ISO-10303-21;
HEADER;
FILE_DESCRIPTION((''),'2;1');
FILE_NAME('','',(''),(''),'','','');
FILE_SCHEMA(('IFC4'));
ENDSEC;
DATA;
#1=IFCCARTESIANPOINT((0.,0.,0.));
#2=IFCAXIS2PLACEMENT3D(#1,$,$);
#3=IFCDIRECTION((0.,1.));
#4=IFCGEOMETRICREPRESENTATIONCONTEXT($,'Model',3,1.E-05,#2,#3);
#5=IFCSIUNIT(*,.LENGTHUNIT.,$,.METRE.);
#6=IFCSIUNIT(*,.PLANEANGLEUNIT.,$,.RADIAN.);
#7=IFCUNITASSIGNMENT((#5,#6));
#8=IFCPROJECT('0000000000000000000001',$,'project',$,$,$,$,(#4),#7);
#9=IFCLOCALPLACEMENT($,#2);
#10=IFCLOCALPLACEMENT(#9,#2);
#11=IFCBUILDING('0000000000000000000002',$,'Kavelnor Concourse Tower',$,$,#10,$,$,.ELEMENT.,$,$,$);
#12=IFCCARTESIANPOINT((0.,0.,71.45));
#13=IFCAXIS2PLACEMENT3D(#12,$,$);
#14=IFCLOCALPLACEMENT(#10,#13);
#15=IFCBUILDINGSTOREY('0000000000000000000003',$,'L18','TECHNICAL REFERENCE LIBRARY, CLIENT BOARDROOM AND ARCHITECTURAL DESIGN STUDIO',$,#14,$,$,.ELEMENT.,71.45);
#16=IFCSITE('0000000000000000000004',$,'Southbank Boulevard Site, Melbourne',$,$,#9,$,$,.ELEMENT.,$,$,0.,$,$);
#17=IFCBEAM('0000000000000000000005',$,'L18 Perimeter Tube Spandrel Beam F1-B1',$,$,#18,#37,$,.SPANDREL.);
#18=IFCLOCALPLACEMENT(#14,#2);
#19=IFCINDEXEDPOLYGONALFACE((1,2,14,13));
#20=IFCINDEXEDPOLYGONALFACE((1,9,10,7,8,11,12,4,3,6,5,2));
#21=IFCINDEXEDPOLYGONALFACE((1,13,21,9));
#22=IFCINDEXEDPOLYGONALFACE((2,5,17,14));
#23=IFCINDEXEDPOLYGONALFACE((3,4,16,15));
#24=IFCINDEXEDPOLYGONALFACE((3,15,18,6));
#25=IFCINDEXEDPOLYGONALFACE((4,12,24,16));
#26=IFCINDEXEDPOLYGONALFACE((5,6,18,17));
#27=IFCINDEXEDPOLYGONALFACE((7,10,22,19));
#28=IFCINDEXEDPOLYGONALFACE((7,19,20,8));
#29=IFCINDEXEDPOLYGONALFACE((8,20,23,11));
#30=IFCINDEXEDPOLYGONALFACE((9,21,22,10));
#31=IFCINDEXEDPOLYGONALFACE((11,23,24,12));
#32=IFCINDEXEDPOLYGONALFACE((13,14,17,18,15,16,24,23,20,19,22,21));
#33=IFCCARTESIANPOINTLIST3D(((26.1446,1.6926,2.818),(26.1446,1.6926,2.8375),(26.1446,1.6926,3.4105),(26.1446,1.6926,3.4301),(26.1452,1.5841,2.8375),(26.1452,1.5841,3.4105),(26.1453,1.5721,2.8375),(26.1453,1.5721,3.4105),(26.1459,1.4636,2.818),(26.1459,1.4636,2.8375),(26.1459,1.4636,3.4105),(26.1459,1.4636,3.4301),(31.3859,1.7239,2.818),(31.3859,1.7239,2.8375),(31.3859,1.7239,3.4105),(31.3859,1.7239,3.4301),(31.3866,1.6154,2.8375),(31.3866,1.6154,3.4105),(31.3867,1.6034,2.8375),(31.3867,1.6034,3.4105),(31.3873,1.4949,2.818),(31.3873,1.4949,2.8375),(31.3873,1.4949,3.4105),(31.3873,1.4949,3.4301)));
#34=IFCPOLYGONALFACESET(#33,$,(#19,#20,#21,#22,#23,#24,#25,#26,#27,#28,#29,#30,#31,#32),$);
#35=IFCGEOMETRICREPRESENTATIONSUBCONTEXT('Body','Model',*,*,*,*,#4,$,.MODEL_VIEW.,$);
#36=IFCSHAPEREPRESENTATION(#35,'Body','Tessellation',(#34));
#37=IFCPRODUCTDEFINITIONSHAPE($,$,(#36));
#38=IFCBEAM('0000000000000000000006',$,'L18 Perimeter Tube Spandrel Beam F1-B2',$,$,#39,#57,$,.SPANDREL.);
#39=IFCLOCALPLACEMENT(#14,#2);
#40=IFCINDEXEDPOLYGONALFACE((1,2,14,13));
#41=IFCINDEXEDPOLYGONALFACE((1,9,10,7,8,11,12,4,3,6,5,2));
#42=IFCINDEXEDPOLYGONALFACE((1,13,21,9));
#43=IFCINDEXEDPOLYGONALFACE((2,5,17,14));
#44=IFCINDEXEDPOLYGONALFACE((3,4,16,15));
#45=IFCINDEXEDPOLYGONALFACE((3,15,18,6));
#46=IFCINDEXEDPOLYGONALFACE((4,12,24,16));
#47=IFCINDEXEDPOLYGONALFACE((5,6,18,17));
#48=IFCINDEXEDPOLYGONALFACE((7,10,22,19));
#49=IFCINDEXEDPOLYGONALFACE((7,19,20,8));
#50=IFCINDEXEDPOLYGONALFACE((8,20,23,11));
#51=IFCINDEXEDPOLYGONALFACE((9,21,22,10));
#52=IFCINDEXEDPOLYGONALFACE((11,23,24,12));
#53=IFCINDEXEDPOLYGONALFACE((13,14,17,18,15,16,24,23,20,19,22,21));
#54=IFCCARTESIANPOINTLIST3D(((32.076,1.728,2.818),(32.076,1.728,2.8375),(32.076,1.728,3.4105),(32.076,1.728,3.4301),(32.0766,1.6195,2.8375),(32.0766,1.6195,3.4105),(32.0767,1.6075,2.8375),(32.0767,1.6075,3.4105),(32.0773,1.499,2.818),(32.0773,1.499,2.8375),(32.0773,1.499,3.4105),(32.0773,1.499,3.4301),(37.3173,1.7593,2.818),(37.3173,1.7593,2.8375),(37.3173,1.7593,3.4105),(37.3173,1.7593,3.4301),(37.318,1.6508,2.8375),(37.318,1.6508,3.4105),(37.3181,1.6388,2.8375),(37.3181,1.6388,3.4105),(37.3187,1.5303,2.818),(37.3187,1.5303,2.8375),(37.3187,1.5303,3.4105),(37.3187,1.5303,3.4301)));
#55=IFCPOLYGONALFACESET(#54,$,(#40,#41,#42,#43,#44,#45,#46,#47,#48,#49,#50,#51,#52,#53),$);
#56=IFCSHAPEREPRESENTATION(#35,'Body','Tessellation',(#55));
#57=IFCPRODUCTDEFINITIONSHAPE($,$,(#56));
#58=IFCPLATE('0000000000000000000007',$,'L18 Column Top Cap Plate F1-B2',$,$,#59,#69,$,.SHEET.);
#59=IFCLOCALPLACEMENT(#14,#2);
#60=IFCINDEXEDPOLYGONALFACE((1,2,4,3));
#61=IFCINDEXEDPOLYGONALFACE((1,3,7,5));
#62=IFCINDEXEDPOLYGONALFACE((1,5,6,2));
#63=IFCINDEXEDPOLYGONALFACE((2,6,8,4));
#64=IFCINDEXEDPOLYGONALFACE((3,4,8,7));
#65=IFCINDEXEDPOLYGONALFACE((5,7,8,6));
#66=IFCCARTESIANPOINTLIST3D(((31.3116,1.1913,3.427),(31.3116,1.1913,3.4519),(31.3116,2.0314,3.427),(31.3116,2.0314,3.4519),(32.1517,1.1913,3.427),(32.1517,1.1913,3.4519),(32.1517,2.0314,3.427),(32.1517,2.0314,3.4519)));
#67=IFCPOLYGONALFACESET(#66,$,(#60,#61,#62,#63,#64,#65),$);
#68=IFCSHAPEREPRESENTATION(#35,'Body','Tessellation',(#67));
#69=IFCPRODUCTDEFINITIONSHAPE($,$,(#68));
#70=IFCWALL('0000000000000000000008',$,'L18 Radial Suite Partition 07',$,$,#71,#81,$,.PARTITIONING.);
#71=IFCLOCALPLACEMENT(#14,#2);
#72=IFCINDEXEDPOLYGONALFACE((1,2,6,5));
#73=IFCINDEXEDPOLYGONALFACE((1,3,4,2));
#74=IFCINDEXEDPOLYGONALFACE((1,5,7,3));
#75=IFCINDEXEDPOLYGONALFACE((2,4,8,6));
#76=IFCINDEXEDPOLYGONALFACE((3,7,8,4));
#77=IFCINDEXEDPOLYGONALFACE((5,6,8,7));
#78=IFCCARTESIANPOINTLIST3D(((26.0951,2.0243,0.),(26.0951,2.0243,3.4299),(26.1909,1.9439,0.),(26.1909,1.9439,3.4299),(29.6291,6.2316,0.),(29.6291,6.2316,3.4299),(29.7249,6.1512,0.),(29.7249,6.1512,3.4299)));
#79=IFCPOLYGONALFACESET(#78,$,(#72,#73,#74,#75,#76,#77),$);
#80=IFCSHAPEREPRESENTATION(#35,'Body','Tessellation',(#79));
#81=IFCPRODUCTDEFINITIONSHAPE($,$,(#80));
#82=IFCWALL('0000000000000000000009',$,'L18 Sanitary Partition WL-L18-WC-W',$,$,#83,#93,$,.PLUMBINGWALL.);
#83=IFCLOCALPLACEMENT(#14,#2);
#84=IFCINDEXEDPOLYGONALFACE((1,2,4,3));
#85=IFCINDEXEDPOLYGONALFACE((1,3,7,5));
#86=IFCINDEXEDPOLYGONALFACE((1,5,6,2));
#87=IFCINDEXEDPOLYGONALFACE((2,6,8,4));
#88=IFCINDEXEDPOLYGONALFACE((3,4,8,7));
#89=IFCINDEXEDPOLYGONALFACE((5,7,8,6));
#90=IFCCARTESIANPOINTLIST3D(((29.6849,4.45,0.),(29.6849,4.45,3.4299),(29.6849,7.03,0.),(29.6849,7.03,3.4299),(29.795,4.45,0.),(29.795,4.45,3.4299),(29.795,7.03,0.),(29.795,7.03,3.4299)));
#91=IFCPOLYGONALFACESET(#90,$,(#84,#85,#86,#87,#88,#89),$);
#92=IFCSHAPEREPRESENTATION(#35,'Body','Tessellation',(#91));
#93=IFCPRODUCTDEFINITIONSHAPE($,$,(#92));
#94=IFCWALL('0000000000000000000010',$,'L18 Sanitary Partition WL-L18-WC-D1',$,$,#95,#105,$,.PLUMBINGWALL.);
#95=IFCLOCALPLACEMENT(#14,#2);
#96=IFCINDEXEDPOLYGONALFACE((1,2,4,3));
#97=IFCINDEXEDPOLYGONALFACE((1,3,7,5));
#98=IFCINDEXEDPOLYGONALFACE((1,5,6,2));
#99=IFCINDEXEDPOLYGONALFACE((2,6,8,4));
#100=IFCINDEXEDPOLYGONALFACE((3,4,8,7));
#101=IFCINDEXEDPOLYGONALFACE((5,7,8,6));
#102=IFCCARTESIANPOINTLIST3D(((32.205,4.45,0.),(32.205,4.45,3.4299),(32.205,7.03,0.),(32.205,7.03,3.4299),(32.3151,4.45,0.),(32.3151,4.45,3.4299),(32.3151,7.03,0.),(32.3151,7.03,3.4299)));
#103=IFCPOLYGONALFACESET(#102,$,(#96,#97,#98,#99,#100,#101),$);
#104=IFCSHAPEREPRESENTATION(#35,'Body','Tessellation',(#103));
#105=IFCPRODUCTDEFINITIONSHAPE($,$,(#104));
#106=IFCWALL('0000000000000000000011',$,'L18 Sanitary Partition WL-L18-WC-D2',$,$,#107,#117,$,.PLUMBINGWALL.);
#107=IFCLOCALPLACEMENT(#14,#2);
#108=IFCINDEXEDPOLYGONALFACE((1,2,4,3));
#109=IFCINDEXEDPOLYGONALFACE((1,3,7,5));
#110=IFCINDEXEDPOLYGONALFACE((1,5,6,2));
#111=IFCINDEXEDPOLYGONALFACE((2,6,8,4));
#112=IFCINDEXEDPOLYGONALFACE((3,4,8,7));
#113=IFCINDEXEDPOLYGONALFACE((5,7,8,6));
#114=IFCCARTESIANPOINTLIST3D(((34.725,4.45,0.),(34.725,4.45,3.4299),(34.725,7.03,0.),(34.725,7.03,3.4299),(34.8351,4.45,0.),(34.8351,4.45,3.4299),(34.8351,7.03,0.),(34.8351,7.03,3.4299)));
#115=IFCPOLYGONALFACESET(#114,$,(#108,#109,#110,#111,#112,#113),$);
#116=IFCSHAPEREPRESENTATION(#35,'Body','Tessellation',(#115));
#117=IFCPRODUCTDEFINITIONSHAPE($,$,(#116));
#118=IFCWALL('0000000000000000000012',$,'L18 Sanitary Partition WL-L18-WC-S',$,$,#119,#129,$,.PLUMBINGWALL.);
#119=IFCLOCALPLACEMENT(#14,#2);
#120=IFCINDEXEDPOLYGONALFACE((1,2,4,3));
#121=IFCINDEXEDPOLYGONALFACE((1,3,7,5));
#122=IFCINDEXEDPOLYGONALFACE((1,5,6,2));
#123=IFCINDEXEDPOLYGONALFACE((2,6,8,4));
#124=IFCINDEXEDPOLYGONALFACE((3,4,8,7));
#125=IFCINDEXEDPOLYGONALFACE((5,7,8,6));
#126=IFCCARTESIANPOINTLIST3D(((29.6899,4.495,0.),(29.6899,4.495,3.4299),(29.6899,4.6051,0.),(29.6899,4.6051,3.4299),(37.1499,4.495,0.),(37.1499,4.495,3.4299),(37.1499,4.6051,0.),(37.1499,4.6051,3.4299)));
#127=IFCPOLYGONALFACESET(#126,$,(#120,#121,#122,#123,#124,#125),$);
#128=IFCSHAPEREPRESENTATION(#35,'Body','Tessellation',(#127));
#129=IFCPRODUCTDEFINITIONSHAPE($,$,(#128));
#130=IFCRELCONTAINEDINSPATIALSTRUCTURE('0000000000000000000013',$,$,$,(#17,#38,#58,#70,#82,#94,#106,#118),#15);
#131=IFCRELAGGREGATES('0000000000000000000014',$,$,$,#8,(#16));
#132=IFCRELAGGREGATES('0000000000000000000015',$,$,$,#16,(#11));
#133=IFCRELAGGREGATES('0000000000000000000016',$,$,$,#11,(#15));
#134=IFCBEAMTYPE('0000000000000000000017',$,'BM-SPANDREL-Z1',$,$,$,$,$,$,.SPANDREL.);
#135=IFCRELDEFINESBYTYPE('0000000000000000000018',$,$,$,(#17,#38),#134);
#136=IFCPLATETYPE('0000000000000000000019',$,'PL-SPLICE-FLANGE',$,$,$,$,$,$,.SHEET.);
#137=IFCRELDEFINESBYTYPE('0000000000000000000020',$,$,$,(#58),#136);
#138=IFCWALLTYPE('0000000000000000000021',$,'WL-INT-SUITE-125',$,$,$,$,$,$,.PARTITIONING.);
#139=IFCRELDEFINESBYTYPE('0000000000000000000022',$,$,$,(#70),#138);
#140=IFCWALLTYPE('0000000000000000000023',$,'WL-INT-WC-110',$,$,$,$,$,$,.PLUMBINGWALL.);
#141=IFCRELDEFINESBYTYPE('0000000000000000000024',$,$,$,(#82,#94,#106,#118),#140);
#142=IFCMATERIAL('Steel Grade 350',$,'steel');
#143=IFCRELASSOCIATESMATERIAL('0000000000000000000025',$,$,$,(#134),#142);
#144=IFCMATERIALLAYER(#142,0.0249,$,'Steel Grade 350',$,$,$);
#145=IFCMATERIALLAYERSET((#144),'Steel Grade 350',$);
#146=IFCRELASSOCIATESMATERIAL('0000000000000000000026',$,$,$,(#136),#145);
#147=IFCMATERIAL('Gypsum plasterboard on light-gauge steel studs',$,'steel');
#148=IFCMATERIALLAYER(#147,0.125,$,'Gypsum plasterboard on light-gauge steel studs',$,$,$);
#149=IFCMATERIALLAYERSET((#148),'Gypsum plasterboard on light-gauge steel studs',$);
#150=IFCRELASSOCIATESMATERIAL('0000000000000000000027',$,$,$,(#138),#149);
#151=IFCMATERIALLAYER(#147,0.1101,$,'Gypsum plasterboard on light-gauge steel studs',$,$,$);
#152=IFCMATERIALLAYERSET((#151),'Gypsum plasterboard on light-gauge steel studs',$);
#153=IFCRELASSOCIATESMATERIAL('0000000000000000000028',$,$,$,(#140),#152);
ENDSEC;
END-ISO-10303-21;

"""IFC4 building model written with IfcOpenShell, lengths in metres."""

from ifc_helpers import new_model, si_unit, direction, frame, frame_2d, origin, origin_2d, place, context, subcontext, project, spatial, rectangle, i_section, extrude, material, layer, layer_set, material_profile, profile_set, type_object, element, save


model = new_model("IFC4")

# Units and contexts
model_context = context("Model", 3, precision=1e-05, world=origin(), true_north=direction((0.0, 1.0)))
body_context = subcontext(model_context, "Body", "Model", "MODEL_VIEW")
ifc_project = project(units=[si_unit("LENGTHUNIT", "METRE"), si_unit("PLANEANGLEUNIT", "RADIAN")], contexts=[model_context])

# Site, building, storey
site_placement = place(None, origin())
site = spatial("IfcSite", under=ifc_project, at=site_placement, Name="Southbank Boulevard Site, Melbourne", CompositionType="ELEMENT", RefElevation=0.0)
building_placement = place(site_placement, origin())
building = spatial("IfcBuilding", under=site, at=building_placement, Name="Kavelnor Concourse Tower", CompositionType="ELEMENT")
storey_placement = place(building_placement, frame((0.0, 0.0, 71.45)))
storey = spatial("IfcBuildingStorey", under=building, at=storey_placement, Name="L18", Description="TECHNICAL REFERENCE LIBRARY, CLIENT BOARDROOM AND ARCHITECTURAL DESIGN STUDIO", CompositionType="ELEMENT", Elevation=71.45)

# Shared definitions
ifc_material_1 = material(Name="Steel Grade 350", Category="steel")

# Beams
ifc_material_profile_1 = material_profile(ifc_material_1, i_section(OverallWidth=0.229, OverallDepth=0.6121, WebThickness=0.012, FlangeThickness=0.0195, at=origin_2d()), Name="610UB125")
ifc_profile_set_1 = profile_set([ifc_material_profile_1], Name="Steel Grade 350")
beam_type_1 = type_object("IfcBeamType", Name="BM-SPANDREL-Z1", PredefinedType="SPANDREL", material=ifc_profile_set_1)
for number, where, z_axis, x_axis, name in (
    (1, (26.1453, 1.5781, 3.124), (0.999982, 0.005962, 0.0), (-0.005962, 0.999982, 0.0), "L18 Perimeter Tube Spandrel Beam F1-B1"),
    (2, (32.0767, 1.6135, 3.124), (0.999982, 0.005962, 0.0), (-0.005962, 0.999982, 0.0), "L18 Perimeter Tube Spandrel Beam F1-B2"),
):
    element("IfcBeam", number, at=place(storey_placement, frame(where, z_axis=z_axis, x_axis=x_axis)), inside=storey, type_object=beam_type_1, Name=name, PredefinedType="SPANDREL", context=body_context, shape_type="SweptSolid", body=[
        extrude(i_section(OverallWidth=0.229, OverallDepth=0.6121, WebThickness=0.012, FlangeThickness=0.0195, at=origin_2d()), origin(), (0.0, 0.0, 1.0), 5.2415),
    ])

# Plate
ifc_layer_1 = layer(ifc_material_1, 0.0249, Name="Steel Grade 350")
ifc_layer_set_1 = layer_set([ifc_layer_1], Name="Steel Grade 350")
plate_type = type_object("IfcPlateType", Name="PL-SPLICE-FLANGE", PredefinedType="SHEET", material=ifc_layer_set_1)
plate_placement = place(storey_placement, frame((31.7317, 1.6113, 3.427), z_axis=(0.0, 0.0, 1.0), x_axis=(1.0, 0.0, 0.0)))
element("IfcPlate", 3, at=plate_placement, inside=storey, type_object=plate_type, Name="L18 Column Top Cap Plate F1-B2", PredefinedType="SHEET", context=body_context, shape_type="SweptSolid", body=[
    extrude(rectangle(XDim=0.8401, YDim=0.8401, at=origin_2d()), origin(), (0.0, 0.0, 1.0), 0.0249),
])

# Walls
ifc_material_2 = material(Name="Gypsum plasterboard on light-gauge steel studs", Category="steel")
ifc_layer_2 = layer(ifc_material_2, 0.125, Name="Gypsum plasterboard on light-gauge steel studs")
ifc_layer_set_2 = layer_set([ifc_layer_2], Name="Gypsum plasterboard on light-gauge steel studs")
wall_type_1 = type_object("IfcWallType", Name="WL-INT-SUITE-125", PredefinedType="PARTITIONING", material=ifc_layer_set_2)
wall_1_placement = place(storey_placement, frame((29.677, 6.1914, 0.0), z_axis=(0.0, 0.0, 1.0), x_axis=(-0.643173, -0.765721, 0.0)))
element("IfcWall", 4, at=wall_1_placement, inside=storey, type_object=wall_type_1, Name="L18 Radial Suite Partition 07", PredefinedType="PARTITIONING", context=body_context, shape_type="SweptSolid", body=[
    extrude(rectangle(XDim=5.4946, YDim=0.125, at=frame_2d((2.7473, 0.0))), origin(), (0.0, 0.0, 1.0), 3.4299),
])
ifc_layer_3 = layer(ifc_material_2, 0.1101, Name="Gypsum plasterboard on light-gauge steel studs")
ifc_layer_set_3 = layer_set([ifc_layer_3], Name="Gypsum plasterboard on light-gauge steel studs")
wall_type_2 = type_object("IfcWallType", Name="WL-INT-WC-110", PredefinedType="PLUMBINGWALL", material=ifc_layer_set_3)
for number, where, z_axis, x_axis, name in (
    (5, (29.74, 4.45, 0.0), (0.0, 0.0, 1.0), (0.0, 1.0, 0.0), "L18 Sanitary Partition WL-L18-WC-W"),
    (6, (32.26, 4.45, 0.0), (0.0, 0.0, 1.0), (0.0, 1.0, 0.0), "L18 Sanitary Partition WL-L18-WC-D1"),
    (7, (34.78, 4.45, 0.0), (0.0, 0.0, 1.0), (0.0, 1.0, 0.0), "L18 Sanitary Partition WL-L18-WC-D2"),
):
    element("IfcWall", number, at=place(storey_placement, frame(where, z_axis=z_axis, x_axis=x_axis)), inside=storey, type_object=wall_type_2, Name=name, PredefinedType="PLUMBINGWALL", context=body_context, shape_type="SweptSolid", body=[
        extrude(rectangle(XDim=2.5801, YDim=0.1101, at=frame_2d((1.29, 0.0))), origin(), (0.0, 0.0, 1.0), 3.4299),
    ])
wall_2_placement = place(storey_placement, frame((29.6899, 4.55, 0.0), z_axis=(0.0, 0.0, 1.0), x_axis=(1.0, 0.0, 0.0)))
element("IfcWall", 8, at=wall_2_placement, inside=storey, type_object=wall_type_2, Name="L18 Sanitary Partition WL-L18-WC-S", PredefinedType="PLUMBINGWALL", context=body_context, shape_type="SweptSolid", body=[
    extrude(rectangle(XDim=7.46, YDim=0.1101, at=frame_2d((3.73, 0.0))), origin(), (0.0, 0.0, 1.0), 3.4299),
])

save(model, "model.ifc")
